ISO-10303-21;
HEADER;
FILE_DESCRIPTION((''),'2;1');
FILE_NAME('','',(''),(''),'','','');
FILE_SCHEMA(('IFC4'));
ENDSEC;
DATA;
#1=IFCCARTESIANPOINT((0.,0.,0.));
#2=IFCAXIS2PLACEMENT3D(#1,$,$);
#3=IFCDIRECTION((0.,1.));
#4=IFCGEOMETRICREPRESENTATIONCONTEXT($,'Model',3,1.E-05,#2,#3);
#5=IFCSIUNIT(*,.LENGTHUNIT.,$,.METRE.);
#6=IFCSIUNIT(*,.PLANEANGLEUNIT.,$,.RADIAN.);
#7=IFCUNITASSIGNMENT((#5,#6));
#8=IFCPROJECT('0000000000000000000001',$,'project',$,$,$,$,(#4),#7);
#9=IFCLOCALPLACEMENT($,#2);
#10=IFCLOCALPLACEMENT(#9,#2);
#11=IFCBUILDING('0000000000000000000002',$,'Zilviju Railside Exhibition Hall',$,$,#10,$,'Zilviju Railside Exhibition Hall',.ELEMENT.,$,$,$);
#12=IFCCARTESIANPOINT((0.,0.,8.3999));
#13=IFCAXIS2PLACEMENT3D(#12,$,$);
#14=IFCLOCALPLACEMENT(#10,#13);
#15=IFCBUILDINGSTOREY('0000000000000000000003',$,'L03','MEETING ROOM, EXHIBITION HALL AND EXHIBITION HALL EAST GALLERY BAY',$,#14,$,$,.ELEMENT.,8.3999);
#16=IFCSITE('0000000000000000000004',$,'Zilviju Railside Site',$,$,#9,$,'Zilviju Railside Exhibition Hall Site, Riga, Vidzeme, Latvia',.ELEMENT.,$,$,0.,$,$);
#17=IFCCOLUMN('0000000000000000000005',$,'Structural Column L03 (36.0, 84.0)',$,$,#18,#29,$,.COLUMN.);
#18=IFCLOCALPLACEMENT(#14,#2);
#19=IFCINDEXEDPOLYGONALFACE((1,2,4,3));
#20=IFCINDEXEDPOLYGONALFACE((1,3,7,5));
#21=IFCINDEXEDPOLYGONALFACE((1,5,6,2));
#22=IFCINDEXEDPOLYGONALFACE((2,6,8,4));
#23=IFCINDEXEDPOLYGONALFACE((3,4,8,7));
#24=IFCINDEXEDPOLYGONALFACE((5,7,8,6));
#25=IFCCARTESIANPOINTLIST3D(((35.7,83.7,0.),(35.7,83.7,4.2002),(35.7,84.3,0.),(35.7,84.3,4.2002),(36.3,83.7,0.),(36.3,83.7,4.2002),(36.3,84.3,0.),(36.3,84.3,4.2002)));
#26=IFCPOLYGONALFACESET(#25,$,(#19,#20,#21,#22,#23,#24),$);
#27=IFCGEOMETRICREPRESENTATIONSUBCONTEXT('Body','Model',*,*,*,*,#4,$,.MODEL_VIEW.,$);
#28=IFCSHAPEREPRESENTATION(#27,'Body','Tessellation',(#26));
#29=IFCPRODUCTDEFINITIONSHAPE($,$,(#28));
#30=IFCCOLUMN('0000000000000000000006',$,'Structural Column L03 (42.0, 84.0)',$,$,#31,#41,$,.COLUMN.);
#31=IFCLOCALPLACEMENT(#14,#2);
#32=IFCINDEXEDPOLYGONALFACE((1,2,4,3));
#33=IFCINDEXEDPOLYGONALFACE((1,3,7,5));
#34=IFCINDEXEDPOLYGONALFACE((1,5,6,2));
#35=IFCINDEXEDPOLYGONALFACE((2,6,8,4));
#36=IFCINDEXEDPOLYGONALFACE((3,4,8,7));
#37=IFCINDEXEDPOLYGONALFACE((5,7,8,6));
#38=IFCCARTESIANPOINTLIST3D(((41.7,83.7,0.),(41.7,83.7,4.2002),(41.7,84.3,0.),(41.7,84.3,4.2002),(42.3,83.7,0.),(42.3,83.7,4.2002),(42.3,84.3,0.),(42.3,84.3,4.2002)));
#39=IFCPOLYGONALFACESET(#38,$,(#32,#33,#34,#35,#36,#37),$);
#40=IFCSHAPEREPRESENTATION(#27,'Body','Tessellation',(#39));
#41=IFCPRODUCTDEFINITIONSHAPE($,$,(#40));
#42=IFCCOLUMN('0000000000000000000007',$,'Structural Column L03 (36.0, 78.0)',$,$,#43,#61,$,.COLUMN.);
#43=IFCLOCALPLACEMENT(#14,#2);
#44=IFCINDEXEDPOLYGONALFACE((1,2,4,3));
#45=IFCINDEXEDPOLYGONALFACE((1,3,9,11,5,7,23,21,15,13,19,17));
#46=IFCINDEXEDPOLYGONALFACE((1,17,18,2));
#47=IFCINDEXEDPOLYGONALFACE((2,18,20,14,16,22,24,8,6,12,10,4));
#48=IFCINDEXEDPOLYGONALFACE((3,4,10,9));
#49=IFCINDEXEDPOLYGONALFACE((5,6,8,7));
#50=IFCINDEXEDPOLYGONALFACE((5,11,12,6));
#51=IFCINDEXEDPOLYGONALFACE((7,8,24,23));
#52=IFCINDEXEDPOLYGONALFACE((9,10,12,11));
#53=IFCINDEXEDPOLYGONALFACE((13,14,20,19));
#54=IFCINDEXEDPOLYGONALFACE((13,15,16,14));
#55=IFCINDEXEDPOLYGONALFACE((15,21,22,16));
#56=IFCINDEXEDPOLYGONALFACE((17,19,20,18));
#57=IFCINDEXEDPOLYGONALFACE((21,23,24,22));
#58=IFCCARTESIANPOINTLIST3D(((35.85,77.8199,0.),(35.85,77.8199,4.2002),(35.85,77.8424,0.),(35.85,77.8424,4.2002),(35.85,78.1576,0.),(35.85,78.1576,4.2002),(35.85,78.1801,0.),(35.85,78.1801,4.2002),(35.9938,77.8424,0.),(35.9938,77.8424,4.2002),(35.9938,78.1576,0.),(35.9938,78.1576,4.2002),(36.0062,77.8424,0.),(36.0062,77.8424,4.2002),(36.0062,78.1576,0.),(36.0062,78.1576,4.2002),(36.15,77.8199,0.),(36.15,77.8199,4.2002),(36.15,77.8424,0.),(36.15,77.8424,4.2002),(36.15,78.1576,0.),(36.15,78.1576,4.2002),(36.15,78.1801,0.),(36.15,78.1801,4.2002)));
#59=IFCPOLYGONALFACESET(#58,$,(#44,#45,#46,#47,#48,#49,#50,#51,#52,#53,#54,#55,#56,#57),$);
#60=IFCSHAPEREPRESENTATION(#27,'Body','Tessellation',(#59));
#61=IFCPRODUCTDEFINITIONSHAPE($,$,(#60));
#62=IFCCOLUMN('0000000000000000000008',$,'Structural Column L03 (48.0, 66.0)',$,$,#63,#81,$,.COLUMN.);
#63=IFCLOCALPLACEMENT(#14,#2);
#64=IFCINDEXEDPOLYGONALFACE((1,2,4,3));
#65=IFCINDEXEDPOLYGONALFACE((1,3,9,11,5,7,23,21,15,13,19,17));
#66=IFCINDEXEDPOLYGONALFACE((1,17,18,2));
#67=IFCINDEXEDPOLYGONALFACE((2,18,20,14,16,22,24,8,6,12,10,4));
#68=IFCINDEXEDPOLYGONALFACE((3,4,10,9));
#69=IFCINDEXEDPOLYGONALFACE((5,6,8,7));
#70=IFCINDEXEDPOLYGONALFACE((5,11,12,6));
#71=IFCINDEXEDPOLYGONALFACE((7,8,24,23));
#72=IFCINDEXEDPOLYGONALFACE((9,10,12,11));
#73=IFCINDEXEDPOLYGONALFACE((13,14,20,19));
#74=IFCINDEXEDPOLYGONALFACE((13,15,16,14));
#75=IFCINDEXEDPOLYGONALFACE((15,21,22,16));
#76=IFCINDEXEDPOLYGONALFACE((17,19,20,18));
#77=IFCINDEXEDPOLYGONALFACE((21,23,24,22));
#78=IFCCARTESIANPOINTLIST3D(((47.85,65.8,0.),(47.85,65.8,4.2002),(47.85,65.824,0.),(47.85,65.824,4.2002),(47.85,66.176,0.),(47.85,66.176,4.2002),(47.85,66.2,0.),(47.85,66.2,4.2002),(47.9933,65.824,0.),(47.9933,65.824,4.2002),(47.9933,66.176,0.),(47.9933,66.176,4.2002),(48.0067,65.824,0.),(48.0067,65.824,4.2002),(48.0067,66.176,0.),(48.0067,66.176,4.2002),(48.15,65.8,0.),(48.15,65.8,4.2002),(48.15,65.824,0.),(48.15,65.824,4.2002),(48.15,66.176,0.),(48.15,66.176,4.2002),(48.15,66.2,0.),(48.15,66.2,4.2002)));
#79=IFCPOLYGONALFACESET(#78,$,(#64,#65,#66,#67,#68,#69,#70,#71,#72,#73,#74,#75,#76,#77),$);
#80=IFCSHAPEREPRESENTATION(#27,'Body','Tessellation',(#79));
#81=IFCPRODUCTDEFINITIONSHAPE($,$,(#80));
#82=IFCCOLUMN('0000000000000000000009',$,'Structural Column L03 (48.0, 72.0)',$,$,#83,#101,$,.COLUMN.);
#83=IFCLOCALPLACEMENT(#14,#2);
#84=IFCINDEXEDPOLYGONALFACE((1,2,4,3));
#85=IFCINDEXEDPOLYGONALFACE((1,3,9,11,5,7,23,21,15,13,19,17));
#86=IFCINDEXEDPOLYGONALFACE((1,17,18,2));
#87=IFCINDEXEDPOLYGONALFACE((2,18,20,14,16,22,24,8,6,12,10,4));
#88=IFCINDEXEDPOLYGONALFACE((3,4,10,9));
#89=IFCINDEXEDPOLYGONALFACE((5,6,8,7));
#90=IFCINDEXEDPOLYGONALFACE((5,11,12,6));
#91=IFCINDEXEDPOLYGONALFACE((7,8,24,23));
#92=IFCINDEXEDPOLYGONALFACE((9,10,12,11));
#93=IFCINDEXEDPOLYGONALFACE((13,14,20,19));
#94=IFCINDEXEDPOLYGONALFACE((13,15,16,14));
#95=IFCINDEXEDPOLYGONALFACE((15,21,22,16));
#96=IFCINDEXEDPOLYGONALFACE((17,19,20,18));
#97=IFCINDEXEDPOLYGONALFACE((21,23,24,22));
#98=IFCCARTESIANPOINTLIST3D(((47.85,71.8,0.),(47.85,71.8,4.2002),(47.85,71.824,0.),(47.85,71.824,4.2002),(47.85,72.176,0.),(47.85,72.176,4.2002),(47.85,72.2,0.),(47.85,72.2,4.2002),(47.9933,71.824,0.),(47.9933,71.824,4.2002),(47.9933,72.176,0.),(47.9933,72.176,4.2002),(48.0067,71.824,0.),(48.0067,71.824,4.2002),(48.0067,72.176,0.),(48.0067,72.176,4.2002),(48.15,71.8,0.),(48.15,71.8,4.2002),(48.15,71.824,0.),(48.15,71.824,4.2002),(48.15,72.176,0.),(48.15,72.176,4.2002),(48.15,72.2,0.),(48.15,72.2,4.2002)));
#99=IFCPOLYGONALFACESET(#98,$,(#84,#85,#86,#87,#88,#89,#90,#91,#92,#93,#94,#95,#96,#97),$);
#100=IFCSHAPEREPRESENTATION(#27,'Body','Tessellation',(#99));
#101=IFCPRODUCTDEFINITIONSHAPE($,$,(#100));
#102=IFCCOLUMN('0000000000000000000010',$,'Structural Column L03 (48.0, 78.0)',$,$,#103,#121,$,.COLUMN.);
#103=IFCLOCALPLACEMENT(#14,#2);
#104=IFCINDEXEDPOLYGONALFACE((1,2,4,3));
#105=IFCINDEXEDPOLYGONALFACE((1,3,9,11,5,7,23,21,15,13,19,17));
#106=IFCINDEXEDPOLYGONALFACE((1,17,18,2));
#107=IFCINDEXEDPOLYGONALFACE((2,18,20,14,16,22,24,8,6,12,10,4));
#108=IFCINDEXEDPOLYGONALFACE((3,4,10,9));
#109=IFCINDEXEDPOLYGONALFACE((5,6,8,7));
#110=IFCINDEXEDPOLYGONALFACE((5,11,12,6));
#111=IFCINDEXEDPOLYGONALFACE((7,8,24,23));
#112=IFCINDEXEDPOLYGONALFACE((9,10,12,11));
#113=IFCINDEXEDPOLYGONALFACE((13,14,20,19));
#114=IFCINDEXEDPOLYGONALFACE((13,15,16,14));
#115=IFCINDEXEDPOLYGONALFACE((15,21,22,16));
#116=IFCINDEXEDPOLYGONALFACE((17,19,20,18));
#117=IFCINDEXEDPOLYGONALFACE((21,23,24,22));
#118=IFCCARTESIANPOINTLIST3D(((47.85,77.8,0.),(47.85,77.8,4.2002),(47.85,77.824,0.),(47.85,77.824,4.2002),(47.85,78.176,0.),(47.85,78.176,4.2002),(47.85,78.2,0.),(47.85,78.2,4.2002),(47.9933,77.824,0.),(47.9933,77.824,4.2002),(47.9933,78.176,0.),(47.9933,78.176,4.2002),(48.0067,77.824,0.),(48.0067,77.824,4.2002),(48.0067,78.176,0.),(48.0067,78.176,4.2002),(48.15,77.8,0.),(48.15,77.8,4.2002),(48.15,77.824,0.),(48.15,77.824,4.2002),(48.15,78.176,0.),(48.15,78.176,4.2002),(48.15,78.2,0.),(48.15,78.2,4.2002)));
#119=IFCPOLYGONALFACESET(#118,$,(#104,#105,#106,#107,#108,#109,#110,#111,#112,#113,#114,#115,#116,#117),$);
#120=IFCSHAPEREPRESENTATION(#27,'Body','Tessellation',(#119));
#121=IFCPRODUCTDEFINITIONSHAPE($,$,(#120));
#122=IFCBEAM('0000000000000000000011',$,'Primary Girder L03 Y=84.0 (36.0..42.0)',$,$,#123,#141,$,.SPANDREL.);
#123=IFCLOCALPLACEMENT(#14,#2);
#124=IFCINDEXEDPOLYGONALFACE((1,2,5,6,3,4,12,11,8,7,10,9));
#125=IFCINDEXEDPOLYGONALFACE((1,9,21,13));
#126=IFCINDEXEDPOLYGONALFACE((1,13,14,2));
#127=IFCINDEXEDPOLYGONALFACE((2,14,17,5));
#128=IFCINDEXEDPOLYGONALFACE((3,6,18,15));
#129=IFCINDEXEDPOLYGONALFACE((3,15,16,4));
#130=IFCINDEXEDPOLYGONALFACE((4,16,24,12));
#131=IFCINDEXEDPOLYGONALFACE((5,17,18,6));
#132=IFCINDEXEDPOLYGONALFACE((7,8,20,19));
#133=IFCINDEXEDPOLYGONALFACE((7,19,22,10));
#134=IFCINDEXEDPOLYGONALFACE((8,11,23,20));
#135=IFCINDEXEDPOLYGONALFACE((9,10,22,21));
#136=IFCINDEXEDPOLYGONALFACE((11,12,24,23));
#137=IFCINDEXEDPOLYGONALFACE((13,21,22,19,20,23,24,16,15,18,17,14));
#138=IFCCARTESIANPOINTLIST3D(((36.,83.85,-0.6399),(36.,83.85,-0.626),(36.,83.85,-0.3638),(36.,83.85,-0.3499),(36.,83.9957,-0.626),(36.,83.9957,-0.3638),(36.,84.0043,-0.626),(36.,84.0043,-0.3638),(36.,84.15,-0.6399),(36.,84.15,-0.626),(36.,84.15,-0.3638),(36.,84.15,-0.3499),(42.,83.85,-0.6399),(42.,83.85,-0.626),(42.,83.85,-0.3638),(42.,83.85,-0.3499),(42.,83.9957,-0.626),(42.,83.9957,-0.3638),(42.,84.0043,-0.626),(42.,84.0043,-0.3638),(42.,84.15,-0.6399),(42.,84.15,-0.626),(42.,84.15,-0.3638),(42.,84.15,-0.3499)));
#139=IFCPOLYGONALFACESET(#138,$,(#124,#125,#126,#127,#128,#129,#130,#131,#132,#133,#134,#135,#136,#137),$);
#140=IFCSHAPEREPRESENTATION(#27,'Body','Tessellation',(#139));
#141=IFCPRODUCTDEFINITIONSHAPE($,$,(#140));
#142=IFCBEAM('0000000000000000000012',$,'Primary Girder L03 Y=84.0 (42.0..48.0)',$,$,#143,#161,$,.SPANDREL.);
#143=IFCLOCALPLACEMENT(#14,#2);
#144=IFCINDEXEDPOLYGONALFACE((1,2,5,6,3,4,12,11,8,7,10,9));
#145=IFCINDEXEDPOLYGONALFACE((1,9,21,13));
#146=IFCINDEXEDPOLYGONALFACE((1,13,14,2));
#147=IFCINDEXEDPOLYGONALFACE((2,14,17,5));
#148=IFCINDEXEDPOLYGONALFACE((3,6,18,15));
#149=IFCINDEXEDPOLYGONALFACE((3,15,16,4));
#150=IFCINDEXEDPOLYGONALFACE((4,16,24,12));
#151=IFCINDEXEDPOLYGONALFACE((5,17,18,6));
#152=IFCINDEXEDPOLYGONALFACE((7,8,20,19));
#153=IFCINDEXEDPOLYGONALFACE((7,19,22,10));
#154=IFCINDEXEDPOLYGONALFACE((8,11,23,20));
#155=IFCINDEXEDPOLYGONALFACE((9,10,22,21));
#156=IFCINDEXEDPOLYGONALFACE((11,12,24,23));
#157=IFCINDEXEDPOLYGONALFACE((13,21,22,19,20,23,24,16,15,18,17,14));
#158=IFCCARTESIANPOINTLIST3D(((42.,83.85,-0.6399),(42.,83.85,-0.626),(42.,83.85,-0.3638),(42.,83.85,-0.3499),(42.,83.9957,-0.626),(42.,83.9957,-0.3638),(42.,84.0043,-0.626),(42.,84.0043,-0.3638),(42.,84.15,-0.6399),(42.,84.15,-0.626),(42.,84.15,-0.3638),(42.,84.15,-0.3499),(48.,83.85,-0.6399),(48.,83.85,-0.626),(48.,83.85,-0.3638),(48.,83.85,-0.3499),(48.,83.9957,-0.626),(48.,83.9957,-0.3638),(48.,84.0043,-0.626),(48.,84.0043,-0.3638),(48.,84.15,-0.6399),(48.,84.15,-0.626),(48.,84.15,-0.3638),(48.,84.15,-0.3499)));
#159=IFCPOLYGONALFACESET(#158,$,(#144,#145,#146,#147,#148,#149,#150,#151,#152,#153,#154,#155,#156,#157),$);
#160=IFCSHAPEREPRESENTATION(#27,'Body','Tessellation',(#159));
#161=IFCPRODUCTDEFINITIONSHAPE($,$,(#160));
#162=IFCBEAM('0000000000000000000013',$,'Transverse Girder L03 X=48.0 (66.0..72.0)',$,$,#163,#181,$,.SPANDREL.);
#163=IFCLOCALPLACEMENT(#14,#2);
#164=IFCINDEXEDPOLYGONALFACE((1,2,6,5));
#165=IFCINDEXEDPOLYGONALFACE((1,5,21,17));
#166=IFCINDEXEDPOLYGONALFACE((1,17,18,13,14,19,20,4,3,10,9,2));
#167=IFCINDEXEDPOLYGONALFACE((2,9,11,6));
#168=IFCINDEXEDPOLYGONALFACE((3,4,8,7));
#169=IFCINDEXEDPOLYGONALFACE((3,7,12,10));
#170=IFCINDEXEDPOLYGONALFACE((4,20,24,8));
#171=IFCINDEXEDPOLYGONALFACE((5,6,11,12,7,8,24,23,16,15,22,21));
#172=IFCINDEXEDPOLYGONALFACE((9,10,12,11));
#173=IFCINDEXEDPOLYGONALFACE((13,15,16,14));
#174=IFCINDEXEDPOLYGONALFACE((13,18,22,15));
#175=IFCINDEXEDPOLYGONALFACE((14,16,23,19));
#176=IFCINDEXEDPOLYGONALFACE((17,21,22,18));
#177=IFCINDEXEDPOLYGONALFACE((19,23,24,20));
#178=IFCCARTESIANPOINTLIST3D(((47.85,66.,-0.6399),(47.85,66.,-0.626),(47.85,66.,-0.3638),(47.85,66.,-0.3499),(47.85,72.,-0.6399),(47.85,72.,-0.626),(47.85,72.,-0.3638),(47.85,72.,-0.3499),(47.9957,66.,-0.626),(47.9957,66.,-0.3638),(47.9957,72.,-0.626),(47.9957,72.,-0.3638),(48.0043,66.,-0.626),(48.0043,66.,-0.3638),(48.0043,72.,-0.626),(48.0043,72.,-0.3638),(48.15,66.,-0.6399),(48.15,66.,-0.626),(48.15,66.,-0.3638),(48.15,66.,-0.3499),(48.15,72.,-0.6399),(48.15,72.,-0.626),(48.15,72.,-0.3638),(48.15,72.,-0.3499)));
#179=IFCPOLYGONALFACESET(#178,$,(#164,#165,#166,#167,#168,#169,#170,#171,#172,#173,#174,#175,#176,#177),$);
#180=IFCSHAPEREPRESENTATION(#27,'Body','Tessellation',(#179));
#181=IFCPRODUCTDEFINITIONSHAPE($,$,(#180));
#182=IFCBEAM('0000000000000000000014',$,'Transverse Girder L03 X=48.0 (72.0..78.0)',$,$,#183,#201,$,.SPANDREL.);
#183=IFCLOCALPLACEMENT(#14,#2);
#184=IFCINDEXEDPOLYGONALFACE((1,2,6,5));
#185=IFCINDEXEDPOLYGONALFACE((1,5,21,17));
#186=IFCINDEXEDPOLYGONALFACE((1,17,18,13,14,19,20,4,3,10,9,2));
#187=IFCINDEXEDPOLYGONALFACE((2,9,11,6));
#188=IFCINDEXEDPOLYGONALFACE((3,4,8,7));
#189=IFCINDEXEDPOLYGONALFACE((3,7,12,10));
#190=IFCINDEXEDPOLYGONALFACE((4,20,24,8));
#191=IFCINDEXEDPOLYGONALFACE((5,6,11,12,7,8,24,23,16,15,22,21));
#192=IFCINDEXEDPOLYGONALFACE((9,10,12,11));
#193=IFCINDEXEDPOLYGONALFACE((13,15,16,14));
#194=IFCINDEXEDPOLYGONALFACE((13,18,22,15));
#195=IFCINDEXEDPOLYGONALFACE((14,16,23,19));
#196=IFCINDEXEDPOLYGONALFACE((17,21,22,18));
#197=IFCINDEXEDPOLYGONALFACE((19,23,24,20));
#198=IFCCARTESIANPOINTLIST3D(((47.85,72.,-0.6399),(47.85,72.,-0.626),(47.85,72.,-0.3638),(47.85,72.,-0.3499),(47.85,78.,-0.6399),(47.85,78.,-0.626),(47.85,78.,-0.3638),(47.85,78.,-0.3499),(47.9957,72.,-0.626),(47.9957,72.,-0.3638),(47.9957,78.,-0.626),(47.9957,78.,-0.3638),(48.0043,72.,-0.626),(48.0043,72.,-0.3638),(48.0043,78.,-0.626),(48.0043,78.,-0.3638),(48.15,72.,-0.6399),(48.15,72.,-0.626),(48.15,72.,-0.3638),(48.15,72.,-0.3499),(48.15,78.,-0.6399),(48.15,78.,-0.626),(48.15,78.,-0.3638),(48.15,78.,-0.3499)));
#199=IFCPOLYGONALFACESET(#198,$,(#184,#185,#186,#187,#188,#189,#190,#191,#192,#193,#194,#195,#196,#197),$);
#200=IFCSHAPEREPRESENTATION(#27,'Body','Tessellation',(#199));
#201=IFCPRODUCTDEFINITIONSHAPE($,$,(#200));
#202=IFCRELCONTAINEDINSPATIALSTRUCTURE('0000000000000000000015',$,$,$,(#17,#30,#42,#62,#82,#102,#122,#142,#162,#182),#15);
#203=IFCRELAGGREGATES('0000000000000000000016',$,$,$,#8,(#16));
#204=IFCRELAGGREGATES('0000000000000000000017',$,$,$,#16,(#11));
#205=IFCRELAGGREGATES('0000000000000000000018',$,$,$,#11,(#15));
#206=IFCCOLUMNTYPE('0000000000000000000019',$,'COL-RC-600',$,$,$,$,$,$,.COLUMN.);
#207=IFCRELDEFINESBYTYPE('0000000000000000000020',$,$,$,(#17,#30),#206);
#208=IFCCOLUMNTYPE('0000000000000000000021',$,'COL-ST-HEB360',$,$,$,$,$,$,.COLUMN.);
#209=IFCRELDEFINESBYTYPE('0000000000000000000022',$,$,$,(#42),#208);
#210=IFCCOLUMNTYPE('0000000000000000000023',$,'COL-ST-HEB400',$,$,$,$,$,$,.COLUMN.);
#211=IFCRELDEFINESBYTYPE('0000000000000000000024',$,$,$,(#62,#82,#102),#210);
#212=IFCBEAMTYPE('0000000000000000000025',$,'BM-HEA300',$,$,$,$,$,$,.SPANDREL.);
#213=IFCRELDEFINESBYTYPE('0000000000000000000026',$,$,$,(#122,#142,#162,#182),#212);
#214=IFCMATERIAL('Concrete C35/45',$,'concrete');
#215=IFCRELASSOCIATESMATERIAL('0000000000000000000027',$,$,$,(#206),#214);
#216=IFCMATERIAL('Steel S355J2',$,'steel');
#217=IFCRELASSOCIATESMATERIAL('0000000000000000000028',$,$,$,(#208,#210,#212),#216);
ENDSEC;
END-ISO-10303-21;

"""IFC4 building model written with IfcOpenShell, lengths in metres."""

from ifc_helpers import new_model, si_unit, direction, frame, origin, origin_2d, place, context, subcontext, project, spatial, rectangle, i_section, extrude, material, material_profile, profile_set, type_object, element, save


model = new_model("IFC4")

# Units and contexts
model_context = context("Model", 3, precision=1e-05, world=origin(), true_north=direction((0.0, 1.0)))
body_context = subcontext(model_context, "Body", "Model", "MODEL_VIEW")
ifc_project = project(units=[si_unit("LENGTHUNIT", "METRE"), si_unit("PLANEANGLEUNIT", "RADIAN")], contexts=[model_context])

# Site, building, storey
site_placement = place(None, origin())
site = spatial("IfcSite", under=ifc_project, at=site_placement, Name="Zilviju Railside Site", LongName="Zilviju Railside Exhibition Hall Site, Riga, Vidzeme, Latvia", CompositionType="ELEMENT", RefElevation=0.0)
building_placement = place(site_placement, origin())
building = spatial("IfcBuilding", under=site, at=building_placement, Name="Zilviju Railside Exhibition Hall", LongName="Zilviju Railside Exhibition Hall", CompositionType="ELEMENT")
storey_placement = place(building_placement, frame((0.0, 0.0, 8.3999)))
storey = spatial("IfcBuildingStorey", under=building, at=storey_placement, Name="L03", Description="MEETING ROOM, EXHIBITION HALL AND EXHIBITION HALL EAST GALLERY BAY", CompositionType="ELEMENT", Elevation=8.3999)

# Columns
ifc_material_1 = material(Name="Concrete C35/45", Category="concrete")
ifc_material_profile_1 = material_profile(ifc_material_1, rectangle(XDim=0.6001, YDim=0.6001, at=origin_2d()), Name="RC COL 600x600")
ifc_profile_set_1 = profile_set([ifc_material_profile_1], Name="Concrete C35/45")
column_type_1 = type_object("IfcColumnType", Name="COL-RC-600", PredefinedType="COLUMN", material=ifc_profile_set_1)
for number, where, z_axis, x_axis, name in (
    (1, (36.0, 84.0, 0.0), (0.0, 0.0, 1.0), (1.0, 0.0, 0.0), "Structural Column L03 (36.0, 84.0)"),
    (2, (42.0, 84.0, 0.0), (0.0, 0.0, 1.0), (1.0, 0.0, 0.0), "Structural Column L03 (42.0, 84.0)"),
):
    element("IfcColumn", number, at=place(storey_placement, frame(where, z_axis=z_axis, x_axis=x_axis)), inside=storey, type_object=column_type_1, Name=name, PredefinedType="COLUMN", context=body_context, shape_type="SweptSolid", body=[
        extrude(rectangle(XDim=0.6001, YDim=0.6001, at=origin_2d()), origin(), (0.0, 0.0, 1.0), 4.2002),
    ])
ifc_material_2 = material(Name="Steel S355J2", Category="steel")
ifc_material_profile_2 = material_profile(ifc_material_2, i_section(OverallWidth=0.3, OverallDepth=0.3601, WebThickness=0.0125, FlangeThickness=0.0225, at=origin_2d()), Name="HEB 360")
ifc_profile_set_2 = profile_set([ifc_material_profile_2], Name="Steel S355J2")
column_type_2 = type_object("IfcColumnType", Name="COL-ST-HEB360", PredefinedType="COLUMN", material=ifc_profile_set_2)
column_placement = place(storey_placement, frame((36.0, 78.0, 0.0), z_axis=(0.0, 0.0, 1.0), x_axis=(1.0, 0.0, 0.0)))
element("IfcColumn", 3, at=column_placement, inside=storey, type_object=column_type_2, Name="Structural Column L03 (36.0, 78.0)", PredefinedType="COLUMN", context=body_context, shape_type="SweptSolid", body=[
    extrude(i_section(OverallWidth=0.3, OverallDepth=0.3601, WebThickness=0.0125, FlangeThickness=0.0225, at=origin_2d()), origin(), (0.0, 0.0, 1.0), 4.2002),
])
ifc_material_profile_3 = material_profile(ifc_material_2, i_section(OverallWidth=0.3, OverallDepth=0.3999, WebThickness=0.0134, FlangeThickness=0.0239, at=origin_2d()), Name="HEB 400")
ifc_profile_set_3 = profile_set([ifc_material_profile_3], Name="Steel S355J2")
column_type_3 = type_object("IfcColumnType", Name="COL-ST-HEB400", PredefinedType="COLUMN", material=ifc_profile_set_3)
for number, where, z_axis, x_axis, name in (
    (4, (48.0, 66.0, 0.0), (0.0, 0.0, 1.0), (1.0, 0.0, 0.0), "Structural Column L03 (48.0, 66.0)"),
    (5, (48.0, 72.0, 0.0), (0.0, 0.0, 1.0), (1.0, 0.0, 0.0), "Structural Column L03 (48.0, 72.0)"),
    (6, (48.0, 78.0, 0.0), (0.0, 0.0, 1.0), (1.0, 0.0, 0.0), "Structural Column L03 (48.0, 78.0)"),
):
    element("IfcColumn", number, at=place(storey_placement, frame(where, z_axis=z_axis, x_axis=x_axis)), inside=storey, type_object=column_type_3, Name=name, PredefinedType="COLUMN", context=body_context, shape_type="SweptSolid", body=[
        extrude(i_section(OverallWidth=0.3, OverallDepth=0.3999, WebThickness=0.0134, FlangeThickness=0.0239, at=origin_2d()), origin(), (0.0, 0.0, 1.0), 4.2002),
    ])

# Beams
ifc_material_profile_4 = material_profile(ifc_material_2, i_section(OverallWidth=0.3, OverallDepth=0.29, WebThickness=0.0085, FlangeThickness=0.0139, at=origin_2d()), Name="HEA 300")
ifc_profile_set_4 = profile_set([ifc_material_profile_4], Name="Steel S355J2")
beam_type_1 = type_object("IfcBeamType", Name="BM-HEA300", PredefinedType="SPANDREL", material=ifc_profile_set_4)
for number, where, z_axis, x_axis, name in (
    (7, (36.0, 84.0, -0.4949), (1.0, 0.0, 0.0), (0.0, 1.0, 0.0), "Primary Girder L03 Y=84.0 (36.0..42.0)"),
    (8, (42.0, 84.0, -0.4949), (1.0, 0.0, 0.0), (0.0, 1.0, 0.0), "Primary Girder L03 Y=84.0 (42.0..48.0)"),
    (9, (48.0, 66.0, -0.4949), (0.0, 1.0, 0.0), (-1.0, 0.0, 0.0), "Transverse Girder L03 X=48.0 (66.0..72.0)"),
    (10, (48.0, 72.0, -0.4949), (0.0, 1.0, 0.0), (-1.0, 0.0, 0.0), "Transverse Girder L03 X=48.0 (72.0..78.0)"),
):
    element("IfcBeam", number, at=place(storey_placement, frame(where, z_axis=z_axis, x_axis=x_axis)), inside=storey, type_object=beam_type_1, Name=name, PredefinedType="SPANDREL", context=body_context, shape_type="SweptSolid", body=[
        extrude(i_section(OverallWidth=0.3, OverallDepth=0.29, WebThickness=0.0085, FlangeThickness=0.0139, at=origin_2d()), origin(), (0.0, 0.0, 1.0), 6.0),
    ])

save(model, "model.ifc")
